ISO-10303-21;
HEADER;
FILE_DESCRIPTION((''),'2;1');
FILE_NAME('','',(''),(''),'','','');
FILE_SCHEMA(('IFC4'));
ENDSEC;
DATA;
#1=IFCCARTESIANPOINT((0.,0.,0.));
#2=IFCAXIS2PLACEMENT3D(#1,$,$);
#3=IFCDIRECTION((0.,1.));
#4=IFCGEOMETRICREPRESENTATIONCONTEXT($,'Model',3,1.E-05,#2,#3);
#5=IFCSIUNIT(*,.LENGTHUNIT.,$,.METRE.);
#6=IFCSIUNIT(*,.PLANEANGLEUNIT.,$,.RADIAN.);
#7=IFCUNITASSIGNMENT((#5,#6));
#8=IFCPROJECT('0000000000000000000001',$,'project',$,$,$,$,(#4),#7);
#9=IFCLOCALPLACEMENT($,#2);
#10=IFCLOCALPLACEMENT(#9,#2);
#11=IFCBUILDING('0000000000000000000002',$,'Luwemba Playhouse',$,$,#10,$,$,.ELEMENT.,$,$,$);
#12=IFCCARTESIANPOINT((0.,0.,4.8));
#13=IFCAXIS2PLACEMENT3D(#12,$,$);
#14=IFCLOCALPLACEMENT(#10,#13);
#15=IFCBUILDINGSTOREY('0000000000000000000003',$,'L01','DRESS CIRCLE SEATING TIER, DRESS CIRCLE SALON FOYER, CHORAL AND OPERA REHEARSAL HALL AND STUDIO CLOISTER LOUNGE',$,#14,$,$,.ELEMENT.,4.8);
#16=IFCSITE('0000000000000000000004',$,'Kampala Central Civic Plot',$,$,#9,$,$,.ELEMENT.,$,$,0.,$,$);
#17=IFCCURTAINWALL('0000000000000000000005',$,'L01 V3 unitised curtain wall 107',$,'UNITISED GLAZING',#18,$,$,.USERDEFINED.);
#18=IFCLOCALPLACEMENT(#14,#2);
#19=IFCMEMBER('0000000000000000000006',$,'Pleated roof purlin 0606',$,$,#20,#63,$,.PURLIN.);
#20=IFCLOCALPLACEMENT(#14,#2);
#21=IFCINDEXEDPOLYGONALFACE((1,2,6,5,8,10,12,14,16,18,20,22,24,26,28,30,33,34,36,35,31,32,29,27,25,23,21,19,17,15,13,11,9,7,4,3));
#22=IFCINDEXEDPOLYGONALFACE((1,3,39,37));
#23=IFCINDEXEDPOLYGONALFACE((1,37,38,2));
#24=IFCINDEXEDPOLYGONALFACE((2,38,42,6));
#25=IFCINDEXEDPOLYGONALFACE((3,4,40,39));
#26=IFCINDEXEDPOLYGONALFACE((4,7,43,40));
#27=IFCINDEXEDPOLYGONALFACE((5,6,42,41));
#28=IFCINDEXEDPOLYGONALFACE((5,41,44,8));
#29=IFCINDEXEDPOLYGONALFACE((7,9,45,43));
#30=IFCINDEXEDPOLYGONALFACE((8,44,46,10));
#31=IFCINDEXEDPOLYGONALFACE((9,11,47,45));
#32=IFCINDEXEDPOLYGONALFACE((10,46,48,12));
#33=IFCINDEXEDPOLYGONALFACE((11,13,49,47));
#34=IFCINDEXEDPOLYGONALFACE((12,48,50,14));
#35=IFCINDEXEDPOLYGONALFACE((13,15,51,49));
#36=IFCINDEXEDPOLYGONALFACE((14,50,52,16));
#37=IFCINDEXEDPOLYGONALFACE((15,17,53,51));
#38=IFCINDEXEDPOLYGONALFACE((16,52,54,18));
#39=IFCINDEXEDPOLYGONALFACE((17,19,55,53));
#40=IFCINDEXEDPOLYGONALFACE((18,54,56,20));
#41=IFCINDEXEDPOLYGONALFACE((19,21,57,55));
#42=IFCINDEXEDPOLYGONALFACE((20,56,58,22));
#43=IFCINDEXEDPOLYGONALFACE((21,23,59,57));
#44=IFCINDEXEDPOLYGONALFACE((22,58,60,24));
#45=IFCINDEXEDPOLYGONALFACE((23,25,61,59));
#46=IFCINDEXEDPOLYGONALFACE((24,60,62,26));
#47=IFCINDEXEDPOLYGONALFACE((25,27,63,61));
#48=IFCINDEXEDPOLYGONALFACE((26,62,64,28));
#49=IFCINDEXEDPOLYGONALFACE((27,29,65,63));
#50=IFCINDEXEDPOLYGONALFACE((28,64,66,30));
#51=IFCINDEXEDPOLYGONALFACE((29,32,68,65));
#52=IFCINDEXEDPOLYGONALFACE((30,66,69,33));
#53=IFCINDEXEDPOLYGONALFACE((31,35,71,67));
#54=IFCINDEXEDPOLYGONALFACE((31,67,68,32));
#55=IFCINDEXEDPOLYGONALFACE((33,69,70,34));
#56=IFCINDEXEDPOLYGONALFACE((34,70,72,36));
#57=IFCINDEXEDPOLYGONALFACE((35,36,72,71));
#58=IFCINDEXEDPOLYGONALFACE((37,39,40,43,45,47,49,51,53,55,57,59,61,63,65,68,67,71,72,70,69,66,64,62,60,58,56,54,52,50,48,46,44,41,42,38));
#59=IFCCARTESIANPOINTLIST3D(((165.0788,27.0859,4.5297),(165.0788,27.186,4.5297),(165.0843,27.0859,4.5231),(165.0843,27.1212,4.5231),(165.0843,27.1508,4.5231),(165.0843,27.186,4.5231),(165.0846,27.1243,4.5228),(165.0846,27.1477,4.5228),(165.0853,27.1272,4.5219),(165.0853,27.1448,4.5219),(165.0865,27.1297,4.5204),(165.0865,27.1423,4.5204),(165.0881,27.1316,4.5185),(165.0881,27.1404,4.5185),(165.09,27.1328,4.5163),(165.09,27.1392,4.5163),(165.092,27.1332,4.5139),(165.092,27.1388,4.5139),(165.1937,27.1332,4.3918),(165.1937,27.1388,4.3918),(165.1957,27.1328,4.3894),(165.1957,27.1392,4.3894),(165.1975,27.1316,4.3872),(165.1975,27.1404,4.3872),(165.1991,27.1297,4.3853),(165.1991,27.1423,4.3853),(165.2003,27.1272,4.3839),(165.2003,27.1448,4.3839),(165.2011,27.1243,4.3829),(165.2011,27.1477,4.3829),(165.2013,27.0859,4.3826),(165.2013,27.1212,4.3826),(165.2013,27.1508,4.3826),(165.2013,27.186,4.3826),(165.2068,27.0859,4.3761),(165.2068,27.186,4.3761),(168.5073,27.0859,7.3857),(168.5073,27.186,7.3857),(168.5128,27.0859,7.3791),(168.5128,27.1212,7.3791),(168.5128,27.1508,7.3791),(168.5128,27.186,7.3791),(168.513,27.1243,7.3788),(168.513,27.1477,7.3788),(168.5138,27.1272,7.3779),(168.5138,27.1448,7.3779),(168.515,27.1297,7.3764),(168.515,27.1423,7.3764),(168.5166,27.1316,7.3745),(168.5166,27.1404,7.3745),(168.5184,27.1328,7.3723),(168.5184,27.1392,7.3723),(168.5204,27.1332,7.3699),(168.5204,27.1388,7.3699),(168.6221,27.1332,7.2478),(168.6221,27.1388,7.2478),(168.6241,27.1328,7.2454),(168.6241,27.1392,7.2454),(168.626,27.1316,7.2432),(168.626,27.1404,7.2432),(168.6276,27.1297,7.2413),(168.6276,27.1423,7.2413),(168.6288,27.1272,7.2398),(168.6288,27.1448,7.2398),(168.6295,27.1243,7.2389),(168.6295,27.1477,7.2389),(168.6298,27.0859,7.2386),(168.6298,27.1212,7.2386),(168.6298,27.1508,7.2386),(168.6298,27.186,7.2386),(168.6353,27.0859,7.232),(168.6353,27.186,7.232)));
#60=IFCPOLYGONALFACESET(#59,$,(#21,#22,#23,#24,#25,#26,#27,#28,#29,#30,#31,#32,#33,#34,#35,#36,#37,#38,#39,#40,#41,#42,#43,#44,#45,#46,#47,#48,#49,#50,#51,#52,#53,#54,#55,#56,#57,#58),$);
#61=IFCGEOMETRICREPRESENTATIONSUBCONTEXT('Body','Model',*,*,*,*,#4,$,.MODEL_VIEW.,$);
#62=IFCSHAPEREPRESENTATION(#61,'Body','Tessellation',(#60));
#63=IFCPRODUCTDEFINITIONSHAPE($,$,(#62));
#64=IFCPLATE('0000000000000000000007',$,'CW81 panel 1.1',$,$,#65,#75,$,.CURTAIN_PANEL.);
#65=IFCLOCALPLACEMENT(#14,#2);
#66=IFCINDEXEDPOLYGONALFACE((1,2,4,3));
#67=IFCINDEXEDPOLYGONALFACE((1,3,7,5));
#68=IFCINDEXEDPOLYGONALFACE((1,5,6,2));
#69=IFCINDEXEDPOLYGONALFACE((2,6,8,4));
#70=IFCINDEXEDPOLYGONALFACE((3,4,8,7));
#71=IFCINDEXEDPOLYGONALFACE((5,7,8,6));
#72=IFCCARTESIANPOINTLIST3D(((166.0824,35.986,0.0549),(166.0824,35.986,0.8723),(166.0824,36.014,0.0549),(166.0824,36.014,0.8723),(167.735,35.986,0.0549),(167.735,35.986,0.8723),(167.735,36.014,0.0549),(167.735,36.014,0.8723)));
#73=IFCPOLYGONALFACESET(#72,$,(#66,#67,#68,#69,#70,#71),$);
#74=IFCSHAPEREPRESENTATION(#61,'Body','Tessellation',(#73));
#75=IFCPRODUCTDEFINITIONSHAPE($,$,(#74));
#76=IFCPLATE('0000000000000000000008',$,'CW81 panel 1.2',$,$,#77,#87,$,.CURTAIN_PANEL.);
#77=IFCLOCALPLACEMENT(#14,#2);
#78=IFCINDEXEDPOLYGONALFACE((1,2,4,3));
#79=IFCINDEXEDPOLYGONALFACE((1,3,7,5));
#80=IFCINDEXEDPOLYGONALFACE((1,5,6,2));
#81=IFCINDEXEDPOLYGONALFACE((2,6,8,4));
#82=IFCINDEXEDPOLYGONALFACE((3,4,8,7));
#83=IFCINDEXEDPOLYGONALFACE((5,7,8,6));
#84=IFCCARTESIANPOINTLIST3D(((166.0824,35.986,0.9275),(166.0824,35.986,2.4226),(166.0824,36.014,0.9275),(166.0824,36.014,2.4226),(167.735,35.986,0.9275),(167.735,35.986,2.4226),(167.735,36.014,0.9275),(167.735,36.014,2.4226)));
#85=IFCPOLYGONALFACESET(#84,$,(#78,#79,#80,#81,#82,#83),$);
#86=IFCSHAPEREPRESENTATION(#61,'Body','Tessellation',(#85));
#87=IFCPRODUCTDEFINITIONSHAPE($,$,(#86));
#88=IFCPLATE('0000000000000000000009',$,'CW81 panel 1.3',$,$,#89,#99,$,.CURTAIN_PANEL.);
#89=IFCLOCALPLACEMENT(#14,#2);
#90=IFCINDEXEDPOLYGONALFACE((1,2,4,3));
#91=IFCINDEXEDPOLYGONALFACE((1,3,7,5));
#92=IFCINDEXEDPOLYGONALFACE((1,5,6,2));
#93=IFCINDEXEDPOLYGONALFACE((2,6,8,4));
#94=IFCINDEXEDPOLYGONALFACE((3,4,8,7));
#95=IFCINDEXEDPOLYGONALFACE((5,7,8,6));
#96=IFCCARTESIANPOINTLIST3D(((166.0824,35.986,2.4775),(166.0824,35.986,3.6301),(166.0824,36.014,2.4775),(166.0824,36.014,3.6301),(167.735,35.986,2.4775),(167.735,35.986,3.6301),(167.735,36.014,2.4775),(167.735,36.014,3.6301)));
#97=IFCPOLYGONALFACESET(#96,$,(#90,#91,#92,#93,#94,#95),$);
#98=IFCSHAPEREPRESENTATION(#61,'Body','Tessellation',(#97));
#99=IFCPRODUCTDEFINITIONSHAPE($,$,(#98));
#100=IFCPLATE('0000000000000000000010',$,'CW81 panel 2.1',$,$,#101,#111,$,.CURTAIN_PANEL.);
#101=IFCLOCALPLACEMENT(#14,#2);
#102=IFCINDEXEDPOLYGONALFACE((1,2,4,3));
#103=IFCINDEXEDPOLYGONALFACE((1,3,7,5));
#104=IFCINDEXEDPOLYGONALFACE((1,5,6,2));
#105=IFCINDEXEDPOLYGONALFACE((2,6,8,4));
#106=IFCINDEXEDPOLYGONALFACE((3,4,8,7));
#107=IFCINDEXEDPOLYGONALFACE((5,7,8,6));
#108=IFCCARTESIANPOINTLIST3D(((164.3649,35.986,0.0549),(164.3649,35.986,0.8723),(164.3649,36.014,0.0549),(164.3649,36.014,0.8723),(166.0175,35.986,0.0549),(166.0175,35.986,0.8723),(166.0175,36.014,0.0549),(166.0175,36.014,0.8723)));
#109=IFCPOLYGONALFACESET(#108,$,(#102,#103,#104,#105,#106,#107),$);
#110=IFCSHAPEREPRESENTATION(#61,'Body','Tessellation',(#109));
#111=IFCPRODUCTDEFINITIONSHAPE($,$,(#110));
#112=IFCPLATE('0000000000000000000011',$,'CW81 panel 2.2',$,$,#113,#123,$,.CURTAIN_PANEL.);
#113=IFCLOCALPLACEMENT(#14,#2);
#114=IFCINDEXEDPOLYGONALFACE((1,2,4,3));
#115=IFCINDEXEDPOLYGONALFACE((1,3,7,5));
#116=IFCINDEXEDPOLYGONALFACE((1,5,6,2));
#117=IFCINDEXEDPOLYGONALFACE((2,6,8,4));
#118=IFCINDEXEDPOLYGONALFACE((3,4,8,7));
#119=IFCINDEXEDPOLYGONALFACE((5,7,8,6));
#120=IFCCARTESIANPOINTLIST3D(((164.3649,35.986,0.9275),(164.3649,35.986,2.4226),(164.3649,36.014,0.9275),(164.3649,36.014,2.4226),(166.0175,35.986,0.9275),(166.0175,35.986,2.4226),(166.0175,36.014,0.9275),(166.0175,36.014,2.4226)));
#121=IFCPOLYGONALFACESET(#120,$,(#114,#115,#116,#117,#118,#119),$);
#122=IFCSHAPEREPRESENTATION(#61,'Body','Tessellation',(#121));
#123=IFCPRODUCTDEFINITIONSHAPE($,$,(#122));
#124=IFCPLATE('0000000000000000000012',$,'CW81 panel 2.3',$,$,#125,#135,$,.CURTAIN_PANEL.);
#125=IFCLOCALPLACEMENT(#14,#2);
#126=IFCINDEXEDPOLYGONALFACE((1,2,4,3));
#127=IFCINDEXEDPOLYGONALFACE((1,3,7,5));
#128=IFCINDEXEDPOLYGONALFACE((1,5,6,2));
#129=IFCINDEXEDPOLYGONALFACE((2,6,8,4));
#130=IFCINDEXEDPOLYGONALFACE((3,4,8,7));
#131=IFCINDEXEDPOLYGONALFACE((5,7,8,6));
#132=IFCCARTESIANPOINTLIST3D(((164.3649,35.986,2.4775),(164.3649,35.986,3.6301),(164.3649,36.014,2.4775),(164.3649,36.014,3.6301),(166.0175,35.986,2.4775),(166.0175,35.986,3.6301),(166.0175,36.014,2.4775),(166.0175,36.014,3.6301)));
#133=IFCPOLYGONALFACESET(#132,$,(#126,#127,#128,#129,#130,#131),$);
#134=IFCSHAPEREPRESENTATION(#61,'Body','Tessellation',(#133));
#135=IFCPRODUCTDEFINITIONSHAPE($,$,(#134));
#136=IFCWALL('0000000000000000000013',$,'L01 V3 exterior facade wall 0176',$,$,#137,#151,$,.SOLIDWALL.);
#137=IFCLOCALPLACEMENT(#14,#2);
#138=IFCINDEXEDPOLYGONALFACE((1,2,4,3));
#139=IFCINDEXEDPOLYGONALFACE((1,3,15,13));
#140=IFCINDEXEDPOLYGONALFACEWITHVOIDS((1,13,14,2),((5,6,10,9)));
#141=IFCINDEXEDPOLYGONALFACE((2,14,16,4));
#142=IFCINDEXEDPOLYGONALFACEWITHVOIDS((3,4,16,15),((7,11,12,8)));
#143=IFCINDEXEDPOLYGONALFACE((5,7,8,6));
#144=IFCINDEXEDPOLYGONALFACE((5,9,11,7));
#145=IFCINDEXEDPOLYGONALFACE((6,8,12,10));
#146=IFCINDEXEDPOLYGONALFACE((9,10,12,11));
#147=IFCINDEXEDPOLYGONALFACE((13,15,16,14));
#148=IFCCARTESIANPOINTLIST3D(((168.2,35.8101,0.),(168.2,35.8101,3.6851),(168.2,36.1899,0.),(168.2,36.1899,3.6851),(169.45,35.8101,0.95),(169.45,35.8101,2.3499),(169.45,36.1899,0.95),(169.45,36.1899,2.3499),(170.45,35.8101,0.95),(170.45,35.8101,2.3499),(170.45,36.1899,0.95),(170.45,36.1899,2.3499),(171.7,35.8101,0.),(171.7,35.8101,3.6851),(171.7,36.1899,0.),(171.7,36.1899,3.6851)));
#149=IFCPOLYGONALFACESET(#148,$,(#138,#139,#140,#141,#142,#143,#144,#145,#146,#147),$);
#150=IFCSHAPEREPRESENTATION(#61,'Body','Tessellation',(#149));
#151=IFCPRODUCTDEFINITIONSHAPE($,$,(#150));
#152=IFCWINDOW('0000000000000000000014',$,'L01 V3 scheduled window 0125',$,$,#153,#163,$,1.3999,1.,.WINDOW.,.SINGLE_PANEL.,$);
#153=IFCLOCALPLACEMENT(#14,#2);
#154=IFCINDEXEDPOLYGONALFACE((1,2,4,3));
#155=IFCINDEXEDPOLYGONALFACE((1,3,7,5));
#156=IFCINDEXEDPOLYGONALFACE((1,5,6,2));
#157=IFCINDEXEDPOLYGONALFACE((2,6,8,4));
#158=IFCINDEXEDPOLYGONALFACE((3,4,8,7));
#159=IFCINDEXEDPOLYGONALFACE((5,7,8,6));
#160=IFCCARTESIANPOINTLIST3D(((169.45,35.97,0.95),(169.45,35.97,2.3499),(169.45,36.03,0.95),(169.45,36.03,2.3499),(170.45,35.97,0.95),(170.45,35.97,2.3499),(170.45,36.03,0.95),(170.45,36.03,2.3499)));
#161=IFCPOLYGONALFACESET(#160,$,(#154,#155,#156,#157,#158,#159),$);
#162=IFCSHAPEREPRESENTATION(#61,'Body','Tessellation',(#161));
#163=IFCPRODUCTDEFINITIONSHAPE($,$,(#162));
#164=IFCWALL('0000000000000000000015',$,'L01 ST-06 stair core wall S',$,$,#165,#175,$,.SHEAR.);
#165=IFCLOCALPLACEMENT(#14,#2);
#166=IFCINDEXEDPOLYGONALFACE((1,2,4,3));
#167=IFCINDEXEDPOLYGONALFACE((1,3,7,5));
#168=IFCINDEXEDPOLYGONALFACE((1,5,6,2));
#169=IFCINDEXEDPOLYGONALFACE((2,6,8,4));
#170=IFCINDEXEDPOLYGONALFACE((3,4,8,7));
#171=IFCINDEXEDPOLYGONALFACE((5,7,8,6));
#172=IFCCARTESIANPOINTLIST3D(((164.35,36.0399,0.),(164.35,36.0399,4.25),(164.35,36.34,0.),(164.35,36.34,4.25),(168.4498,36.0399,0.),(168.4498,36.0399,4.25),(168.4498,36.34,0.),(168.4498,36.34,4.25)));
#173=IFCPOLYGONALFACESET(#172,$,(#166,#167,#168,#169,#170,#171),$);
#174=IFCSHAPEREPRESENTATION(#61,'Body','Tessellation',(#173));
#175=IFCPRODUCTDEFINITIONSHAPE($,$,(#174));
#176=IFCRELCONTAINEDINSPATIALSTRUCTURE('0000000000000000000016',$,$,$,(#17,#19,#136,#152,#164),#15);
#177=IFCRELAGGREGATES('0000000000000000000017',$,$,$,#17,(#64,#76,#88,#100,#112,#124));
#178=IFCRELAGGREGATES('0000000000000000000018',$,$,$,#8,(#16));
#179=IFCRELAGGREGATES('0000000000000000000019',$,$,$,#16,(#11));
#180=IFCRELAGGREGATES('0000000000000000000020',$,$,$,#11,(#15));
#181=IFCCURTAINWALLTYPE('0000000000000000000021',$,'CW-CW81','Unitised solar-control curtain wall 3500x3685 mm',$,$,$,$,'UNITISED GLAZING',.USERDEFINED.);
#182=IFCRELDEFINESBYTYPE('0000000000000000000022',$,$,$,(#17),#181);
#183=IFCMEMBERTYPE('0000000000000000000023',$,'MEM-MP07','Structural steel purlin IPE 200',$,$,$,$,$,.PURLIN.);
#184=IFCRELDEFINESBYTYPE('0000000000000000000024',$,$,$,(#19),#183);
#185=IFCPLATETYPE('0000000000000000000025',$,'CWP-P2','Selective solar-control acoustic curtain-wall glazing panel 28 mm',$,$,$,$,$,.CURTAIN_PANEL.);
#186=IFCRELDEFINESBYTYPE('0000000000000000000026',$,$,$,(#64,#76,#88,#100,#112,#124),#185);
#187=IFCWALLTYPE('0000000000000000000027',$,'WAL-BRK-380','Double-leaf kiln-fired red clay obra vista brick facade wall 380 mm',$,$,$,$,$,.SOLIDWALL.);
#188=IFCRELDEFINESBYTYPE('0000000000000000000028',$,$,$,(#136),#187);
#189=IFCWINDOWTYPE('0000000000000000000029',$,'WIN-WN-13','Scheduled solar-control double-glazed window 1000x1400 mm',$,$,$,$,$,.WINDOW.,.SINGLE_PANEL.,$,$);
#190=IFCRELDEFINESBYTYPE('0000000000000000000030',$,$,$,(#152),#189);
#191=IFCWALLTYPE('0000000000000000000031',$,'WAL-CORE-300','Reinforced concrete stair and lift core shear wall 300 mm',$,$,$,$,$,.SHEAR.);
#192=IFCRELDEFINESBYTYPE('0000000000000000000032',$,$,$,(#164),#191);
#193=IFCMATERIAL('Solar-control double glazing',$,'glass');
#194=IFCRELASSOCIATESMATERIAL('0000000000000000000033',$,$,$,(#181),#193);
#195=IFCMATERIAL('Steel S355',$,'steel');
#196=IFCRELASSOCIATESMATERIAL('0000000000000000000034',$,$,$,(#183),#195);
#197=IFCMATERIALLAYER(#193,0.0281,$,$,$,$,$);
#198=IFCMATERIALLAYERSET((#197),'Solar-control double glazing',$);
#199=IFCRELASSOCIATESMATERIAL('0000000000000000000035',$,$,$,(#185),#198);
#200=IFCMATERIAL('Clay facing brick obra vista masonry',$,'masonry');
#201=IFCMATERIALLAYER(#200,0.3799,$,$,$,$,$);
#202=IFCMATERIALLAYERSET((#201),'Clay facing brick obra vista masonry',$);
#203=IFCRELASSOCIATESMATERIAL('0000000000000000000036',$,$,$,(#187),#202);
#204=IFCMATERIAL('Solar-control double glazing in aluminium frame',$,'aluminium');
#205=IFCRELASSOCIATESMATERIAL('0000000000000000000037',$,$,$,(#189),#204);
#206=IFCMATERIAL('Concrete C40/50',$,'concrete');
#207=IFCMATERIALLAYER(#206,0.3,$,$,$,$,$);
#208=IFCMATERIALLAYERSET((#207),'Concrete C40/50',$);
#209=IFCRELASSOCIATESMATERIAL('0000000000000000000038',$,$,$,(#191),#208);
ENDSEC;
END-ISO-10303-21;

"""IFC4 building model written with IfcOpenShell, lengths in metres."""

from ifc_helpers import new_model, si_unit, direction, frame, frame_2d, origin, origin_2d, place, context, subcontext, project, spatial, rectangle, i_section, extrude, material, layer, layer_set, material_profile, profile_set, type_object, element, fill, aggregate, save


model = new_model("IFC4")

# Units and contexts
model_context = context("Model", 3, precision=1e-05, world=origin(), true_north=direction((0.0, 1.0)))
body_context = subcontext(model_context, "Body", "Model", "MODEL_VIEW")
ifc_project = project(units=[si_unit("LENGTHUNIT", "METRE"), si_unit("PLANEANGLEUNIT", "RADIAN")], contexts=[model_context])

# Site, building, storey
site_placement = place(None, origin())
site = spatial("IfcSite", under=ifc_project, at=site_placement, Name="Kampala Central Civic Plot", CompositionType="ELEMENT", RefElevation=0.0)
building_placement = place(site_placement, origin())
building = spatial("IfcBuilding", under=site, at=building_placement, Name="Luwemba Playhouse", CompositionType="ELEMENT")
storey_placement = place(building_placement, frame((0.0, 0.0, 4.8)))
storey = spatial("IfcBuildingStorey", under=building, at=storey_placement, Name="L01", Description="DRESS CIRCLE SEATING TIER, DRESS CIRCLE SALON FOYER, CHORAL AND OPERA REHEARSAL HALL AND STUDIO CLOISTER LOUNGE", CompositionType="ELEMENT", Elevation=4.8)

# Shared definitions
ifc_material_1 = material(Name="Concrete C40/50", Category="concrete")

# Curtain wall
ifc_material_2 = material(Name="Solar-control double glazing", Category="glass")
curtain_wall_type = type_object("IfcCurtainWallType", Name="CW-CW81", Description="Unitised solar-control curtain wall 3500x3685 mm", ElementType="UNITISED GLAZING", PredefinedType="USERDEFINED", material=ifc_material_2)
curtain_wall_placement = place(storey_placement, origin())
curtain_wall = element("IfcCurtainWall", 1, at=curtain_wall_placement, inside=storey, type_object=curtain_wall_type, Name="L01 V3 unitised curtain wall 107", ObjectType="UNITISED GLAZING", PredefinedType="USERDEFINED")

# Member
ifc_material_3 = material(Name="Steel S355", Category="steel")
ifc_material_profile_1 = material_profile(ifc_material_3, i_section(OverallWidth=0.1001, OverallDepth=0.2, WebThickness=0.0056, FlangeThickness=0.0085, FilletRadius=0.012, at=origin_2d()))
ifc_profile_set_1 = profile_set([ifc_material_profile_1], Name="Steel S355")
member_type_1 = type_object("IfcMemberType", Name="MEM-MP07", Description="Structural steel purlin IPE 200", PredefinedType="PURLIN", material=ifc_profile_set_1)
member_1_placement = place(storey_placement, frame((165.1428, 27.136, 4.4529), z_axis=(0.768342, 0.0, 0.640039), x_axis=(0.0, 1.0, 0.0)))
element("IfcMember", 2, at=member_1_placement, inside=storey, type_object=member_type_1, Name="Pleated roof purlin 0606", PredefinedType="PURLIN", context=body_context, shape_type="SweptSolid", body=[
    extrude(i_section(OverallWidth=0.1001, OverallDepth=0.2, WebThickness=0.0056, FlangeThickness=0.0085, FilletRadius=0.012, at=origin_2d()), origin(), (0.0, 0.0, 1.0), 4.4622),
])

# Plates
ifc_layer_1 = layer(ifc_material_2, 0.0281)
ifc_layer_set_1 = layer_set([ifc_layer_1], Name="Solar-control double glazing")
plate_type = type_object("IfcPlateType", Name="CWP-P2", Description="Selective solar-control acoustic curtain-wall glazing panel 28 mm", PredefinedType="CURTAIN_PANEL", material=ifc_layer_set_1)
plate_1_placement = place(storey_placement, frame((166.9087, 36.0, 0.0549), z_axis=(0.0, 0.0, 1.0), x_axis=(-1.0, 0.0, 0.0)))
plate_1 = element("IfcPlate", 3, at=plate_1_placement, type_object=plate_type, Name="CW81 panel 1.1", PredefinedType="CURTAIN_PANEL", context=body_context, shape_type="SweptSolid", body=[
    extrude(rectangle(XDim=1.6526, YDim=0.0281, at=origin_2d()), origin(), (0.0, 0.0, 1.0), 0.8174),
])
plate_2_placement = place(storey_placement, frame((166.9087, 36.0, 0.9275), z_axis=(0.0, 0.0, 1.0), x_axis=(-1.0, 0.0, 0.0)))
plate_2 = element("IfcPlate", 4, at=plate_2_placement, type_object=plate_type, Name="CW81 panel 1.2", PredefinedType="CURTAIN_PANEL", context=body_context, shape_type="SweptSolid", body=[
    extrude(rectangle(XDim=1.6526, YDim=0.0281, at=origin_2d()), origin(), (0.0, 0.0, 1.0), 1.4951),
])
plate_3_placement = place(storey_placement, frame((166.9087, 36.0, 2.4775), z_axis=(0.0, 0.0, 1.0), x_axis=(-1.0, 0.0, 0.0)))
plate_3 = element("IfcPlate", 5, at=plate_3_placement, type_object=plate_type, Name="CW81 panel 1.3", PredefinedType="CURTAIN_PANEL", context=body_context, shape_type="SweptSolid", body=[
    extrude(rectangle(XDim=1.6526, YDim=0.0281, at=origin_2d()), origin(), (0.0, 0.0, 1.0), 1.1526),
])
plate_4_placement = place(storey_placement, frame((165.1912, 36.0, 0.0549), z_axis=(0.0, 0.0, 1.0), x_axis=(-1.0, 0.0, 0.0)))
plate_4 = element("IfcPlate", 6, at=plate_4_placement, type_object=plate_type, Name="CW81 panel 2.1", PredefinedType="CURTAIN_PANEL", context=body_context, shape_type="SweptSolid", body=[
    extrude(rectangle(XDim=1.6526, YDim=0.0281, at=origin_2d()), origin(), (0.0, 0.0, 1.0), 0.8174),
])
plate_5_placement = place(storey_placement, frame((165.1912, 36.0, 0.9275), z_axis=(0.0, 0.0, 1.0), x_axis=(-1.0, 0.0, 0.0)))
plate_5 = element("IfcPlate", 7, at=plate_5_placement, type_object=plate_type, Name="CW81 panel 2.2", PredefinedType="CURTAIN_PANEL", context=body_context, shape_type="SweptSolid", body=[
    extrude(rectangle(XDim=1.6526, YDim=0.0281, at=origin_2d()), origin(), (0.0, 0.0, 1.0), 1.4951),
])
plate_6_placement = place(storey_placement, frame((165.1912, 36.0, 2.4775), z_axis=(0.0, 0.0, 1.0), x_axis=(-1.0, 0.0, 0.0)))
plate_6 = element("IfcPlate", 8, at=plate_6_placement, type_object=plate_type, Name="CW81 panel 2.3", PredefinedType="CURTAIN_PANEL", context=body_context, shape_type="SweptSolid", body=[
    extrude(rectangle(XDim=1.6526, YDim=0.0281, at=origin_2d()), origin(), (0.0, 0.0, 1.0), 1.1526),
])
aggregate(curtain_wall, [plate_1, plate_2, plate_3, plate_4, plate_5, plate_6])

# Wall, opening, window
ifc_material_4 = material(Name="Clay facing brick obra vista masonry", Category="masonry")
ifc_layer_2 = layer(ifc_material_4, 0.3799)
ifc_layer_set_2 = layer_set([ifc_layer_2], Name="Clay facing brick obra vista masonry")
wall_type_1 = type_object("IfcWallType", Name="WAL-BRK-380", Description="Double-leaf kiln-fired red clay obra vista brick facade wall 380 mm", PredefinedType="SOLIDWALL", material=ifc_layer_set_2)
wall_1_placement = place(storey_placement, frame((171.7, 36.0, 0.0), z_axis=(0.0, 0.0, 1.0), x_axis=(-1.0, 0.0, 0.0)))
wall_1 = element("IfcWall", 9, at=wall_1_placement, inside=storey, type_object=wall_type_1, Name="L01 V3 exterior facade wall 0176", PredefinedType="SOLIDWALL", context=body_context, shape_type="SweptSolid", body=[
    extrude(rectangle(XDim=3.5, YDim=0.3799, at=frame_2d((1.75, 0.0))), origin(), (0.0, 0.0, 1.0), 3.6851),
])
opening_placement = place(wall_1_placement, frame((1.25, 0.0, 0.95)))
opening = element("IfcOpeningElement", 10, at=opening_placement, cuts=wall_1, PredefinedType="OPENING", context=body_context, shape_type="SweptSolid", body=[
    extrude(rectangle(XDim=1.0, YDim=1.3999, at=frame_2d((0.5, 0.7))), frame((0.0, 0.2, 0.0), z_axis=(0.0, -1.0, 0.0), x_axis=(1.0, 0.0, 0.0)), (0.0, 0.0, 1.0), 0.3999),
])
ifc_material_5 = material(Name="Solar-control double glazing in aluminium frame", Category="aluminium")
window_type = type_object("IfcWindowType", Name="WIN-WN-13", Description="Scheduled solar-control double-glazed window 1000x1400 mm", PartitioningType="SINGLE_PANEL", PredefinedType="WINDOW", material=ifc_material_5)
window_placement = place(opening_placement, origin())
window = element("IfcWindow", 11, at=window_placement, inside=storey, type_object=window_type, Name="L01 V3 scheduled window 0125", OverallHeight=1.3999, OverallWidth=1.0, PartitioningType="SINGLE_PANEL", PredefinedType="WINDOW", context=body_context, shape_type="SweptSolid", body=[
    extrude(rectangle(XDim=1.0, YDim=1.3999, at=frame_2d((0.5, 0.7))), frame((0.0, 0.03, 0.0), z_axis=(0.0, -1.0, 0.0), x_axis=(1.0, 0.0, 0.0)), (0.0, 0.0, 1.0), 0.0601),
])
fill(opening, window)

# Wall
ifc_layer_3 = layer(ifc_material_1, 0.3)
ifc_layer_set_3 = layer_set([ifc_layer_3], Name="Concrete C40/50")
wall_type_2 = type_object("IfcWallType", Name="WAL-CORE-300", Description="Reinforced concrete stair and lift core shear wall 300 mm", PredefinedType="SHEAR", material=ifc_layer_set_3)
wall_2_placement = place(storey_placement, frame((164.3501, 36.1899, 0.0), z_axis=(0.0, 0.0, 1.0), x_axis=(1.0, 0.0, 0.0)))
element("IfcWall", 12, at=wall_2_placement, inside=storey, type_object=wall_type_2, Name="L01 ST-06 stair core wall S", PredefinedType="SHEAR", context=body_context, shape_type="SweptSolid", body=[
    extrude(rectangle(XDim=4.0999, YDim=0.3, at=frame_2d((2.0498, 0.0))), origin(), (0.0, 0.0, 1.0), 4.25),
])

save(model, "model.ifc")
